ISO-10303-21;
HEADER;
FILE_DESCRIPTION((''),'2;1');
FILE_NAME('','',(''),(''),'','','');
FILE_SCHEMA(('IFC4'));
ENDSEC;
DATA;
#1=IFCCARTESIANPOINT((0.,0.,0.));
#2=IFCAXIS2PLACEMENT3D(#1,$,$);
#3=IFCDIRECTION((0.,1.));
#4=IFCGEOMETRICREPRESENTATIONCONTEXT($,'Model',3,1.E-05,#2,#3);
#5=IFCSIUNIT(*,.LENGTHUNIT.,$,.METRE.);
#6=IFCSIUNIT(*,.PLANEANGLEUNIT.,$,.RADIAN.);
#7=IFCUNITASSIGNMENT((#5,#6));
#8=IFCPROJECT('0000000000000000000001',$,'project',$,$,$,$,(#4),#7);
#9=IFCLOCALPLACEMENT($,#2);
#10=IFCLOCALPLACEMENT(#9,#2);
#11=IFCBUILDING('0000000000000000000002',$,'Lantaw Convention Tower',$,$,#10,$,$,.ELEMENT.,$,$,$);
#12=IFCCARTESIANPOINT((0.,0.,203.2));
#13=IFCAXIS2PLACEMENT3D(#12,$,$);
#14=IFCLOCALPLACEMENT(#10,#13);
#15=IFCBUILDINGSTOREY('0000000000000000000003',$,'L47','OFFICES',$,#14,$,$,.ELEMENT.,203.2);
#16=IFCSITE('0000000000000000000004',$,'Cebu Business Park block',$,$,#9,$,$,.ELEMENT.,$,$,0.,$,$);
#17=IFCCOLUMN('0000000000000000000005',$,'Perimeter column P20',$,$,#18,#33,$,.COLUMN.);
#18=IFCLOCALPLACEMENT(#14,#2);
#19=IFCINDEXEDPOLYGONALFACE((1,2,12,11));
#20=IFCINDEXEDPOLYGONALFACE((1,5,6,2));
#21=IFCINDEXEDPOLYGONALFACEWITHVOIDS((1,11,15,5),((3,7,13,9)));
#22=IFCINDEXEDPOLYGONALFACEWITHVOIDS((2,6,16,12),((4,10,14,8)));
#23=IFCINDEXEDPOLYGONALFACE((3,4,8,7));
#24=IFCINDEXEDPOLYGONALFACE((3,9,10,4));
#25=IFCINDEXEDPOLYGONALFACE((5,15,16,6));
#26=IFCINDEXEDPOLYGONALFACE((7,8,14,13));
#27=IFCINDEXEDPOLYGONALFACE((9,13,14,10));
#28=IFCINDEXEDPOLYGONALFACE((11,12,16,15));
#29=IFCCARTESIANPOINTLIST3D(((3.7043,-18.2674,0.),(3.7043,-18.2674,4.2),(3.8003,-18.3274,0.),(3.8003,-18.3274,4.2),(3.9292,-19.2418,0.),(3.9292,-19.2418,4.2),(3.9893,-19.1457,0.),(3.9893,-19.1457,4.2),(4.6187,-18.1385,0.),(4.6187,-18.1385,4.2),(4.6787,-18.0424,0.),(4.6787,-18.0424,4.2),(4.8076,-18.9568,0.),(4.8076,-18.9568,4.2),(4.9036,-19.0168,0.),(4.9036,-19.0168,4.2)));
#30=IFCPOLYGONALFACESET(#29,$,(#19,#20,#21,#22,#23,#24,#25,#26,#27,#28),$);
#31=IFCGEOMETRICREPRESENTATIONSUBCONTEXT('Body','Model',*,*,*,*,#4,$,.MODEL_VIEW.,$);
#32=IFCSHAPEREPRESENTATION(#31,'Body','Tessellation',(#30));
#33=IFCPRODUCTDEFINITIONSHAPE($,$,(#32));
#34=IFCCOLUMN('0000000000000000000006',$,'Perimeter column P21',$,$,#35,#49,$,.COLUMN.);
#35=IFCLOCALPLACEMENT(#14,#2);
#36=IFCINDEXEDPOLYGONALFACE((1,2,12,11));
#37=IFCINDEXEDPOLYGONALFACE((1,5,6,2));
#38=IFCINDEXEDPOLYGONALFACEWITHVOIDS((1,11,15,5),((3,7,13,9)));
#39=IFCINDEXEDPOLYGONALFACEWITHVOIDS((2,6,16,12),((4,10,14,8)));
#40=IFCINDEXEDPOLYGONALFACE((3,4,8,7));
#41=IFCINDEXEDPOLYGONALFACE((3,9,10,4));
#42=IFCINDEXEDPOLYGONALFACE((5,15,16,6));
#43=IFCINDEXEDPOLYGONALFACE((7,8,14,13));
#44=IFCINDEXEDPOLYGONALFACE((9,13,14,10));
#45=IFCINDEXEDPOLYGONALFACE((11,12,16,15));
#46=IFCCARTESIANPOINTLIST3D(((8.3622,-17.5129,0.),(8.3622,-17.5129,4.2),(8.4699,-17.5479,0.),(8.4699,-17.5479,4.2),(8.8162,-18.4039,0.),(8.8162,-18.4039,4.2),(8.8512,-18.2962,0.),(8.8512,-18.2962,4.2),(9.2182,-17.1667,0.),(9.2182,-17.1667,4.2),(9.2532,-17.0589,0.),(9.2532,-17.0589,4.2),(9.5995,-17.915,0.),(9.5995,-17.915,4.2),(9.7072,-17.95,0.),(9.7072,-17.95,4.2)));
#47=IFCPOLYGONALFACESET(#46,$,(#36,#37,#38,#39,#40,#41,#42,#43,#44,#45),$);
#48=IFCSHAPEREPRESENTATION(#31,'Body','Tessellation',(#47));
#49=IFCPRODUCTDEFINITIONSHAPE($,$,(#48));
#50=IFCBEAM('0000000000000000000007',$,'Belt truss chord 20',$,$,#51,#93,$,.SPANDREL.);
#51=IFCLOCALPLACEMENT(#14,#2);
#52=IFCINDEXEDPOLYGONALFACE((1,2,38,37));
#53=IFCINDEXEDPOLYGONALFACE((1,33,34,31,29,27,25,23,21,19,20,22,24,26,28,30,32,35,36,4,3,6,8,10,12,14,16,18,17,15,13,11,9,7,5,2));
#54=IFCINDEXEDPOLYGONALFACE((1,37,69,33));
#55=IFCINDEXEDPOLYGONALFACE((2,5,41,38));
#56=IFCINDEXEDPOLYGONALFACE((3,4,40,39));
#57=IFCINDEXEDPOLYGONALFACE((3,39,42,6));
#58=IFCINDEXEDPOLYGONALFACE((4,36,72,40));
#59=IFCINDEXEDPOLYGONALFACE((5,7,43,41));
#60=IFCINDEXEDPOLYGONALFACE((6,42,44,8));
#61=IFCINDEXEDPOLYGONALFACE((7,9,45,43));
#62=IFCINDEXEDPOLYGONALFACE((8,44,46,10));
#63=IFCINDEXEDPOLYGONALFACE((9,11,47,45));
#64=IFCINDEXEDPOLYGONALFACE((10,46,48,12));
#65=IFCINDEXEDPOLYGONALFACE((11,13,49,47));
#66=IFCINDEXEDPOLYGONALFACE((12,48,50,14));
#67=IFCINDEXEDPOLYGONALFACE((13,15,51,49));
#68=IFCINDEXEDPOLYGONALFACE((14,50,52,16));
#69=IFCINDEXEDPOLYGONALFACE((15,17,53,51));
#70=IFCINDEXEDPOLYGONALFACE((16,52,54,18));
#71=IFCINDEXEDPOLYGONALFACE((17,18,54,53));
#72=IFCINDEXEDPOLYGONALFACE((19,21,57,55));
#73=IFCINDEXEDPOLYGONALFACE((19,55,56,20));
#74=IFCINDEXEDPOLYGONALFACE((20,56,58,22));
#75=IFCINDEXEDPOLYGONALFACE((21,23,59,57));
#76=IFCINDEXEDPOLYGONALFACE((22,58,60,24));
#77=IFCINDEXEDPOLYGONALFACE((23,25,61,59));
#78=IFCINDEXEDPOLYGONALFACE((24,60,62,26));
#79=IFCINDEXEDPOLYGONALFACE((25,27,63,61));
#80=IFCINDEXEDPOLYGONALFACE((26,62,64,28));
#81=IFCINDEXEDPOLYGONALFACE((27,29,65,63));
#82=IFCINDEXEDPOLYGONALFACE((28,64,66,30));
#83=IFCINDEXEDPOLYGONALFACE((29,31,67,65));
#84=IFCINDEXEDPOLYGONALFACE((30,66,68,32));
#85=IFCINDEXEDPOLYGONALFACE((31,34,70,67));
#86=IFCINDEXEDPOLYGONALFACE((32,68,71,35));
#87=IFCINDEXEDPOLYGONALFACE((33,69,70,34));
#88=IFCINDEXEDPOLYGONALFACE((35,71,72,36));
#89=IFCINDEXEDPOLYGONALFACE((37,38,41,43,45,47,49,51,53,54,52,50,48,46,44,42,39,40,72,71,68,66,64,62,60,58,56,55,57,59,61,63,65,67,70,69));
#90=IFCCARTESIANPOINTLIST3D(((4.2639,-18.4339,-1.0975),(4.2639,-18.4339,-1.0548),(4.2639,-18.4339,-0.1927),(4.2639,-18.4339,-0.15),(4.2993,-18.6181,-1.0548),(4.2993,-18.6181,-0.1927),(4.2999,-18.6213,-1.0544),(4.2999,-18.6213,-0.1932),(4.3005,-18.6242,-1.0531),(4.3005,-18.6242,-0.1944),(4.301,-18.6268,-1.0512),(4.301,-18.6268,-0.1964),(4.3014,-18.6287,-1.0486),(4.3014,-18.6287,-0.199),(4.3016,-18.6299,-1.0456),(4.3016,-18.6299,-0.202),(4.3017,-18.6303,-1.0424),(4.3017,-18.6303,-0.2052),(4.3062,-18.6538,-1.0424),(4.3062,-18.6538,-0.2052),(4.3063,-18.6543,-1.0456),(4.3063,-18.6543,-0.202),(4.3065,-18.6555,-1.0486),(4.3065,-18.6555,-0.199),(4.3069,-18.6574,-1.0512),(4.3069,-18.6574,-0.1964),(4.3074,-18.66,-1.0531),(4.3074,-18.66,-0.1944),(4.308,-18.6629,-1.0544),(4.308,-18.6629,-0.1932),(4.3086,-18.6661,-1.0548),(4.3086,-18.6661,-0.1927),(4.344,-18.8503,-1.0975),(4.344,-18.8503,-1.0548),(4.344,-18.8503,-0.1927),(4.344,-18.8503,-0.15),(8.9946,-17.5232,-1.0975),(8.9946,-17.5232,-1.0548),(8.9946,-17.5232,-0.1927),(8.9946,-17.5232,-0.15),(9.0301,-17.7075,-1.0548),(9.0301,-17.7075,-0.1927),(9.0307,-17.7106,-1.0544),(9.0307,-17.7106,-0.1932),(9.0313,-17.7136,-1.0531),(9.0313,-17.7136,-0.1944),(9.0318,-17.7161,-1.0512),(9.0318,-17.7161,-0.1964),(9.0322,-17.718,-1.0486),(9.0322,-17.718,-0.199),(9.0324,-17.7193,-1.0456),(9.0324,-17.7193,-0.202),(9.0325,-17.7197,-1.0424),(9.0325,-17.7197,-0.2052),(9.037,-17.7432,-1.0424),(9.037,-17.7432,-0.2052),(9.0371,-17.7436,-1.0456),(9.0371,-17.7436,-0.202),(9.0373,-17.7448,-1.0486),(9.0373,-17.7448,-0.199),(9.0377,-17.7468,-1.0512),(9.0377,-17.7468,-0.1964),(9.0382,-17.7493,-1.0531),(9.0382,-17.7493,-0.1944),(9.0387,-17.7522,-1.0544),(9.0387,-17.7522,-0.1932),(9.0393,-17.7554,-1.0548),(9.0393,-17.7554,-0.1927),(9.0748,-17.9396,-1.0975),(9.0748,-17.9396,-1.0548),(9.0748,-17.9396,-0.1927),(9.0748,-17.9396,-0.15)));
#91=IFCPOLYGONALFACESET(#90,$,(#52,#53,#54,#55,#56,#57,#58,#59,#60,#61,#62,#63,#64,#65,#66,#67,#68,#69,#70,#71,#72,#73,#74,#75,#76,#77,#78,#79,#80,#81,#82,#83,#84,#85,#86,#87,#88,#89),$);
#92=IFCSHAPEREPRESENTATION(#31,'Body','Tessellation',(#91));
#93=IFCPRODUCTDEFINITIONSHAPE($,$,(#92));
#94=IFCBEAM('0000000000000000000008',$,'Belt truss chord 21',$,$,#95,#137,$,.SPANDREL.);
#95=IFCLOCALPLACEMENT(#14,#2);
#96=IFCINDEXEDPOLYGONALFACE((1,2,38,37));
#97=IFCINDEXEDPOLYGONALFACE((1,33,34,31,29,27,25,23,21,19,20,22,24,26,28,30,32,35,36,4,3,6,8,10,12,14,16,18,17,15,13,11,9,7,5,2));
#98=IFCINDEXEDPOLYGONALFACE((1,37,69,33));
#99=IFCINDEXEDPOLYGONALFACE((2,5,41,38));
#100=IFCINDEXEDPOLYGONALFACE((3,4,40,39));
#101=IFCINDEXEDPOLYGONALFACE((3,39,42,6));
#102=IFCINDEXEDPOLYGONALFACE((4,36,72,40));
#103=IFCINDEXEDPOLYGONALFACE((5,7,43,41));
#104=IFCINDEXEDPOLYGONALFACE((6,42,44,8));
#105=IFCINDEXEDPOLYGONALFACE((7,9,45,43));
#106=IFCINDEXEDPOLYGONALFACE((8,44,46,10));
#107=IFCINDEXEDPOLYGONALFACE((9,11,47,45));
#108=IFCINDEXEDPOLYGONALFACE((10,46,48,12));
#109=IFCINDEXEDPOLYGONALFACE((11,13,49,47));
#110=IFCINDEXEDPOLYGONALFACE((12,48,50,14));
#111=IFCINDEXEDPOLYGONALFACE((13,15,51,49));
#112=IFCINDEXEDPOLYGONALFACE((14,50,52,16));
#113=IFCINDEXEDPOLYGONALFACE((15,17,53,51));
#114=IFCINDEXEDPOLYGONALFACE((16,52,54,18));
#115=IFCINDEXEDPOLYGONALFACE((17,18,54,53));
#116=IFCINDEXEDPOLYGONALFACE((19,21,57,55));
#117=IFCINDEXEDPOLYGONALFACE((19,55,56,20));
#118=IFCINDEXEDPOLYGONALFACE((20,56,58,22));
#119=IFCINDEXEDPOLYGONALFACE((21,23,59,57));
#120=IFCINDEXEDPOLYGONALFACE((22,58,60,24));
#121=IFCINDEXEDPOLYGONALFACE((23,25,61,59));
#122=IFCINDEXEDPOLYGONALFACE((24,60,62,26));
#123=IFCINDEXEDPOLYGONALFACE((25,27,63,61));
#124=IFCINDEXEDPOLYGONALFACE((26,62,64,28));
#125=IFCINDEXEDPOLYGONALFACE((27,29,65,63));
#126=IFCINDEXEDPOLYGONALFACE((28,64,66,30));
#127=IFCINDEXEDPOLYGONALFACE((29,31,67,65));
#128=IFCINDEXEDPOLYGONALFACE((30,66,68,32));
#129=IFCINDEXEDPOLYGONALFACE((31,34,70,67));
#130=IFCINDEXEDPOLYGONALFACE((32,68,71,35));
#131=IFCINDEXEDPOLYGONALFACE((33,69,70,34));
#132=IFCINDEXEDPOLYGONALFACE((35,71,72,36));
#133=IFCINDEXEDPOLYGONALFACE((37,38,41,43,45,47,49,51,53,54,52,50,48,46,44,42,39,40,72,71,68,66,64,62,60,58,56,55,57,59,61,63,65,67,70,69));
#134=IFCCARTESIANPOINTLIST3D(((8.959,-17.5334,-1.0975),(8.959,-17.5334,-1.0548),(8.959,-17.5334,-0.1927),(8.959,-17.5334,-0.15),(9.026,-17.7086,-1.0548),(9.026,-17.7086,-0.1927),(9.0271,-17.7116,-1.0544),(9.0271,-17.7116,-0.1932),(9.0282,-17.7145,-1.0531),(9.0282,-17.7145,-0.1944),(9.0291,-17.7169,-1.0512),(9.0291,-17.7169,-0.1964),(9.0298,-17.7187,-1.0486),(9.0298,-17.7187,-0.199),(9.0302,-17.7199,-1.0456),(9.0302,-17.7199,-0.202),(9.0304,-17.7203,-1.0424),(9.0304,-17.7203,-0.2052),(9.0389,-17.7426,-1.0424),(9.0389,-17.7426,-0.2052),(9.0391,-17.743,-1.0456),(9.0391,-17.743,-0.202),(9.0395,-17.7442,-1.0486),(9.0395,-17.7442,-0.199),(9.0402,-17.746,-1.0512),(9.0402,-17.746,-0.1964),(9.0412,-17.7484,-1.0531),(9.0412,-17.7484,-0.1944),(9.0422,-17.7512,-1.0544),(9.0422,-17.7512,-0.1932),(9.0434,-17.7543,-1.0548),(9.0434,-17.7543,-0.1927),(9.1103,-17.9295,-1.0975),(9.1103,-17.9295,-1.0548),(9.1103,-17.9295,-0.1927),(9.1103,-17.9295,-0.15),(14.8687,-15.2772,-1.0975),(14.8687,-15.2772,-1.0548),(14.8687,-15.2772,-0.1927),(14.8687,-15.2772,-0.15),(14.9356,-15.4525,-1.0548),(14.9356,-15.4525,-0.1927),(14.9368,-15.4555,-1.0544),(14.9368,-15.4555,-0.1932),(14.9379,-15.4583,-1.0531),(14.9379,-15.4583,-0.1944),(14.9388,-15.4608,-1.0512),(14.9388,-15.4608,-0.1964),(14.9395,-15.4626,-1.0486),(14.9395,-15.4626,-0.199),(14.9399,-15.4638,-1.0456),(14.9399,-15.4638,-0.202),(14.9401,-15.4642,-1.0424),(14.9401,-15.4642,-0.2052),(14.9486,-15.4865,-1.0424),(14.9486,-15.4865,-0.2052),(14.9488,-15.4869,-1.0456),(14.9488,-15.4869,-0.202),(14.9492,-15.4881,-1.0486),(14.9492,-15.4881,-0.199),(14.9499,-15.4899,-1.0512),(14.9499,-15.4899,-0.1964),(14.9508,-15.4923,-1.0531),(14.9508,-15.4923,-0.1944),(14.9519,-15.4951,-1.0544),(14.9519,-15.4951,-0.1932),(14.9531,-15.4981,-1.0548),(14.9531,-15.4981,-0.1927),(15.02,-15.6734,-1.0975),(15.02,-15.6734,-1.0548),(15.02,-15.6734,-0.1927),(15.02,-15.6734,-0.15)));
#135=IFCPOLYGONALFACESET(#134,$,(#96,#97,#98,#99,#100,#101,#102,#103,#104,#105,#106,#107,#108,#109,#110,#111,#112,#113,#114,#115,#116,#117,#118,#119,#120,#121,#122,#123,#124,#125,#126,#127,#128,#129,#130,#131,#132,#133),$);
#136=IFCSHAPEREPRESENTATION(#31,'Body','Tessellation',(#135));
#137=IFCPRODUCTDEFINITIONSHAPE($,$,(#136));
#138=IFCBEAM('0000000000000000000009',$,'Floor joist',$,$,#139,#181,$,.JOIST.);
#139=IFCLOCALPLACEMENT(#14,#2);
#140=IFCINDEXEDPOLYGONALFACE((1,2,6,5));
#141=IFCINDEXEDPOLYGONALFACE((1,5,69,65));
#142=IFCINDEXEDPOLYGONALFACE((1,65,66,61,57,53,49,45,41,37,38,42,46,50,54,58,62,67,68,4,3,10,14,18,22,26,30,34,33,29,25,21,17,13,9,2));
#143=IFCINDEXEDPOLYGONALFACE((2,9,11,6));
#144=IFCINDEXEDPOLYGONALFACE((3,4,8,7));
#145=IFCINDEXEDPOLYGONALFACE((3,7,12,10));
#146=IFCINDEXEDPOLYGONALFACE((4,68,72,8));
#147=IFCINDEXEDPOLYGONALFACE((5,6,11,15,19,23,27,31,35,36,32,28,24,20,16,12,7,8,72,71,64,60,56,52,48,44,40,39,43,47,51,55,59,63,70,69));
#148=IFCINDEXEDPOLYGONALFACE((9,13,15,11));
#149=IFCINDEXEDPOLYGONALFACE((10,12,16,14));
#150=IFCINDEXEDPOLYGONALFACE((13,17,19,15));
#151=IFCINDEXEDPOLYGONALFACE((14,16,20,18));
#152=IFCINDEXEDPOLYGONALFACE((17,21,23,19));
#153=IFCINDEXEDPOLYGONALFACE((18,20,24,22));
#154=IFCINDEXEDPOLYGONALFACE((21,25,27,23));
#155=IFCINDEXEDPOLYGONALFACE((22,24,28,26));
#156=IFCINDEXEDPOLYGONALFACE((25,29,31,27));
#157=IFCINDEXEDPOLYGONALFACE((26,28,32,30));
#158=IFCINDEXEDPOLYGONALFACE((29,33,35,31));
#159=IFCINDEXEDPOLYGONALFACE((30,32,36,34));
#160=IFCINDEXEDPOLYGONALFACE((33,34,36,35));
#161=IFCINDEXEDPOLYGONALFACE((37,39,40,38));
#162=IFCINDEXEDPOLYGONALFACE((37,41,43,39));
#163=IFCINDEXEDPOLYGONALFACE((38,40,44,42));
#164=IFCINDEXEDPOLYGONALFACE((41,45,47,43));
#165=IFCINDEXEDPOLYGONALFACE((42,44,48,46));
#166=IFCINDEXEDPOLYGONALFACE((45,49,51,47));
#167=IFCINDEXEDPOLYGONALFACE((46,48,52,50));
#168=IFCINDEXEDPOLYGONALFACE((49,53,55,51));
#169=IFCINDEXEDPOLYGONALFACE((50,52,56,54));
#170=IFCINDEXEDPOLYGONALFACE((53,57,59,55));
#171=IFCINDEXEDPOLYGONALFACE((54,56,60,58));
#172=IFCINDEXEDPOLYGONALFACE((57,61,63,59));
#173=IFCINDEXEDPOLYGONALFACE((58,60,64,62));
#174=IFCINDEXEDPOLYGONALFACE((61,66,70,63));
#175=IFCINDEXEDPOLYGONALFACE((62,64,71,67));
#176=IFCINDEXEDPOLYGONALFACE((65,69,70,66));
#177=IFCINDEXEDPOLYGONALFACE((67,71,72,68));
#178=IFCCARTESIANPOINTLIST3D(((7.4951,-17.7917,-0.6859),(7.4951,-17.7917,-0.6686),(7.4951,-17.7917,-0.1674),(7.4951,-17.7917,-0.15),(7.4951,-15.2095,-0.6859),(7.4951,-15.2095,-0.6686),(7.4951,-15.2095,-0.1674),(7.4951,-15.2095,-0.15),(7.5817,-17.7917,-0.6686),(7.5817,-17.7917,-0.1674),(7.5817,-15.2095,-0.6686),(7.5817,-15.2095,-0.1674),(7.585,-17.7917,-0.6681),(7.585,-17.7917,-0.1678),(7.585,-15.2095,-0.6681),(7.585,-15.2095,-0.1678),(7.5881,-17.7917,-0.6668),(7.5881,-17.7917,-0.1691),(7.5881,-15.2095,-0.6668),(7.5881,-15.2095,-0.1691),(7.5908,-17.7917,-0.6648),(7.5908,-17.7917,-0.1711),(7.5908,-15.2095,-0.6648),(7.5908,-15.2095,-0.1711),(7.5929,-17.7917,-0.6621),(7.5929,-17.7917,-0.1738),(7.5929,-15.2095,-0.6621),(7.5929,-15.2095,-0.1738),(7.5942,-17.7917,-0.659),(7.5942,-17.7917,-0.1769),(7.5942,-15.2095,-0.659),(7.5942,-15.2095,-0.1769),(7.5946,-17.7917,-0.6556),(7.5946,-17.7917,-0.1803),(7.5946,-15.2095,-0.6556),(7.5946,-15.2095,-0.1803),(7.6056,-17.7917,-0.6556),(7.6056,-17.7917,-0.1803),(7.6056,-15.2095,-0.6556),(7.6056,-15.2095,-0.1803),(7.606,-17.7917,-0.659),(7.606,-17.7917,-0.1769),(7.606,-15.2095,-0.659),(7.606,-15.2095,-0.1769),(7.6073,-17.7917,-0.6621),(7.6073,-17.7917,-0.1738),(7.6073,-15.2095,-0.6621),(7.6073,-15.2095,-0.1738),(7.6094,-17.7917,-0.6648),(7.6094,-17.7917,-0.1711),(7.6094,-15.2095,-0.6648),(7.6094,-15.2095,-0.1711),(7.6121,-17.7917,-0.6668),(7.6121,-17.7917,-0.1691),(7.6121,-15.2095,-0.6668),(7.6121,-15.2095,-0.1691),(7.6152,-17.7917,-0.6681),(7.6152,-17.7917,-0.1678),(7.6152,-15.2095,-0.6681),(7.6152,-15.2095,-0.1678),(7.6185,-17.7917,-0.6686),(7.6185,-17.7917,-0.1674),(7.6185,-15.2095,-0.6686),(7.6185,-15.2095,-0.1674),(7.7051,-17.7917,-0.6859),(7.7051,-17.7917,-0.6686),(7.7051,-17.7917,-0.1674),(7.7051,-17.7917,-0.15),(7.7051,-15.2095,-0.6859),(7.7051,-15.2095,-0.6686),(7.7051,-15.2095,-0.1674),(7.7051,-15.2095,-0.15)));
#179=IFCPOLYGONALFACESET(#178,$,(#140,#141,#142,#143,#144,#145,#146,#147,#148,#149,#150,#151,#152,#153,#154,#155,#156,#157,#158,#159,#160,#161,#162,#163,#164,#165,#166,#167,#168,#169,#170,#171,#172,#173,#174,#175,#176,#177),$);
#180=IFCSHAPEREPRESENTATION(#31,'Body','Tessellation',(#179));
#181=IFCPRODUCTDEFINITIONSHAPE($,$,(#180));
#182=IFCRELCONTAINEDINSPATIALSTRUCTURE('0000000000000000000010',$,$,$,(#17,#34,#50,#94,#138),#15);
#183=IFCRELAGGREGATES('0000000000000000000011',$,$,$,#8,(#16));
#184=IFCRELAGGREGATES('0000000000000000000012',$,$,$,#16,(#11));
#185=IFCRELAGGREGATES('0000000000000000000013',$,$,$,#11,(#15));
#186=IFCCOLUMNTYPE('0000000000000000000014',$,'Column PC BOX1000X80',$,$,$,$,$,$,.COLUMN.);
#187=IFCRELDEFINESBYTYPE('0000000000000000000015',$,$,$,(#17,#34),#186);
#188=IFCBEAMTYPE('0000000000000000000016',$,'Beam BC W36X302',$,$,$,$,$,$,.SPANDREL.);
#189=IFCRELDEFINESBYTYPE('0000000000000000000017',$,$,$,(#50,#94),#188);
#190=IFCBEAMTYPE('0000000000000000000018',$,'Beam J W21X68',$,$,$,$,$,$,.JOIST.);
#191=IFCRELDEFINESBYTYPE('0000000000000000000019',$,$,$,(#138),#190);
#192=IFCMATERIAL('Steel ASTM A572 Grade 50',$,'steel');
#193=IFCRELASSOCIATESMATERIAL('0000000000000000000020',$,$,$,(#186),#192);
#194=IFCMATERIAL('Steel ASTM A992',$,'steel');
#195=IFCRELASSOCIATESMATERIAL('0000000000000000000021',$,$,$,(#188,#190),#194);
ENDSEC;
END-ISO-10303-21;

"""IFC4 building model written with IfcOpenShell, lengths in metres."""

from ifc_helpers import new_model, si_unit, direction, frame, origin, origin_2d, place, context, subcontext, project, spatial, rectangle, hollow_rectangle, i_section, extrude, material, material_profile, profile_set, type_object, element, save


model = new_model("IFC4")

# Units and contexts
model_context = context("Model", 3, precision=1e-05, world=origin(), true_north=direction((0.0, 1.0)))
body_context = subcontext(model_context, "Body", "Model", "MODEL_VIEW")
ifc_project = project(units=[si_unit("LENGTHUNIT", "METRE"), si_unit("PLANEANGLEUNIT", "RADIAN")], contexts=[model_context])

# Site, building, storey
site_placement = place(None, origin())
site = spatial("IfcSite", under=ifc_project, at=site_placement, Name="Cebu Business Park block", CompositionType="ELEMENT", RefElevation=0.0)
building_placement = place(site_placement, origin())
building = spatial("IfcBuilding", under=site, at=building_placement, Name="Lantaw Convention Tower", CompositionType="ELEMENT")
storey_placement = place(building_placement, frame((0.0, 0.0, 203.2)))
storey = spatial("IfcBuildingStorey", under=building, at=storey_placement, Name="L47", Description="OFFICES", CompositionType="ELEMENT", Elevation=203.2)

# Columns
ifc_material_1 = material(Name="Steel ASTM A572 Grade 50", Category="steel")
ifc_material_profile_1 = material_profile(ifc_material_1, hollow_rectangle(XDim=1.0, YDim=1.0, WallThickness=0.0801, at=origin_2d()), Name="BOX1000X80")
ifc_material_2 = material(Name="Concrete C60/75", Category="concrete")
ifc_material_profile_2 = material_profile(ifc_material_2, rectangle(XDim=0.8401, YDim=0.8401, at=origin_2d()), Name="Concrete fill of BOX1000X80")
ifc_profile_set_1 = profile_set([ifc_material_profile_1, ifc_material_profile_2], Name="Steel ASTM A572 Grade 50")
column_type = type_object("IfcColumnType", Name="Column PC BOX1000X80", PredefinedType="COLUMN", material=ifc_profile_set_1)
for number, where, z_axis, x_axis, name in (
    (1, (4.304, -18.6421, 0.0), (0.0, 0.0, 1.0), (0.97437, 0.224951, 0.0), "Perimeter column P20"),
    (2, (9.0347, -17.7314, 0.0), (0.0, 0.0, 1.0), (0.891007, 0.45399, 0.0), "Perimeter column P21"),
):
    element("IfcColumn", number, at=place(storey_placement, frame(where, z_axis=z_axis, x_axis=x_axis)), inside=storey, type_object=column_type, Name=name, PredefinedType="COLUMN", context=body_context, shape_type="SweptSolid", body=[
        extrude(hollow_rectangle(XDim=1.0, YDim=1.0, WallThickness=0.0801, at=origin_2d()), origin(), (0.0, 0.0, 1.0), 4.2),
    ])

# Beams
ifc_material_3 = material(Name="Steel ASTM A992", Category="steel")
ifc_material_profile_3 = material_profile(ifc_material_3, i_section(OverallWidth=0.4241, OverallDepth=0.9475, WebThickness=0.0239, FlangeThickness=0.0427, FilletRadius=0.0125, at=origin_2d()), Name="W36X302")
ifc_profile_set_2 = profile_set([ifc_material_profile_3], Name="Steel ASTM A992")
beam_type_1 = type_object("IfcBeamType", Name="Beam BC W36X302", PredefinedType="SPANDREL", material=ifc_profile_set_2)
beam_1_placement = place(storey_placement, frame((4.304, -18.6421, -0.6238), z_axis=(0.981972, 0.189026, 0.0), x_axis=(-0.189026, 0.981972, 0.0)))
element("IfcBeam", 3, at=beam_1_placement, inside=storey, type_object=beam_type_1, Name="Belt truss chord 20", PredefinedType="SPANDREL", context=body_context, shape_type="SweptSolid", body=[
    extrude(i_section(OverallWidth=0.4241, OverallDepth=0.9475, WebThickness=0.0239, FlangeThickness=0.0427, FilletRadius=0.0125, at=origin_2d()), origin(), (0.0, 0.0, 1.0), 4.8176),
])
beam_2_placement = place(storey_placement, frame((9.0347, -17.7314, -0.6238), z_axis=(0.934235, 0.356658, 0.0), x_axis=(-0.356658, 0.934235, 0.0)))
element("IfcBeam", 4, at=beam_2_placement, inside=storey, type_object=beam_type_1, Name="Belt truss chord 21", PredefinedType="SPANDREL", context=body_context, shape_type="SweptSolid", body=[
    extrude(i_section(OverallWidth=0.4241, OverallDepth=0.9475, WebThickness=0.0239, FlangeThickness=0.0427, FilletRadius=0.0125, at=origin_2d()), origin(), (0.0, 0.0, 1.0), 6.3257),
])
ifc_material_profile_4 = material_profile(ifc_material_3, i_section(OverallWidth=0.21, OverallDepth=0.5359, WebThickness=0.011, FlangeThickness=0.0173, FilletRadius=0.0129, at=origin_2d()), Name="W21X68")
ifc_profile_set_3 = profile_set([ifc_material_profile_4], Name="Steel ASTM A992")
beam_type_2 = type_object("IfcBeamType", Name="Beam J W21X68", PredefinedType="JOIST", material=ifc_profile_set_3)
beam_3_placement = place(storey_placement, frame((7.6001, -17.7917, -0.418), z_axis=(0.0, 1.0, 0.0), x_axis=(-1.0, 0.0, 0.0)))
element("IfcBeam", 5, at=beam_3_placement, inside=storey, type_object=beam_type_2, Name="Floor joist", PredefinedType="JOIST", context=body_context, shape_type="SweptSolid", body=[
    extrude(i_section(OverallWidth=0.21, OverallDepth=0.5359, WebThickness=0.011, FlangeThickness=0.0173, FilletRadius=0.0129, at=origin_2d()), origin(), (0.0, 0.0, 1.0), 2.5823),
])

save(model, "model.ifc")
